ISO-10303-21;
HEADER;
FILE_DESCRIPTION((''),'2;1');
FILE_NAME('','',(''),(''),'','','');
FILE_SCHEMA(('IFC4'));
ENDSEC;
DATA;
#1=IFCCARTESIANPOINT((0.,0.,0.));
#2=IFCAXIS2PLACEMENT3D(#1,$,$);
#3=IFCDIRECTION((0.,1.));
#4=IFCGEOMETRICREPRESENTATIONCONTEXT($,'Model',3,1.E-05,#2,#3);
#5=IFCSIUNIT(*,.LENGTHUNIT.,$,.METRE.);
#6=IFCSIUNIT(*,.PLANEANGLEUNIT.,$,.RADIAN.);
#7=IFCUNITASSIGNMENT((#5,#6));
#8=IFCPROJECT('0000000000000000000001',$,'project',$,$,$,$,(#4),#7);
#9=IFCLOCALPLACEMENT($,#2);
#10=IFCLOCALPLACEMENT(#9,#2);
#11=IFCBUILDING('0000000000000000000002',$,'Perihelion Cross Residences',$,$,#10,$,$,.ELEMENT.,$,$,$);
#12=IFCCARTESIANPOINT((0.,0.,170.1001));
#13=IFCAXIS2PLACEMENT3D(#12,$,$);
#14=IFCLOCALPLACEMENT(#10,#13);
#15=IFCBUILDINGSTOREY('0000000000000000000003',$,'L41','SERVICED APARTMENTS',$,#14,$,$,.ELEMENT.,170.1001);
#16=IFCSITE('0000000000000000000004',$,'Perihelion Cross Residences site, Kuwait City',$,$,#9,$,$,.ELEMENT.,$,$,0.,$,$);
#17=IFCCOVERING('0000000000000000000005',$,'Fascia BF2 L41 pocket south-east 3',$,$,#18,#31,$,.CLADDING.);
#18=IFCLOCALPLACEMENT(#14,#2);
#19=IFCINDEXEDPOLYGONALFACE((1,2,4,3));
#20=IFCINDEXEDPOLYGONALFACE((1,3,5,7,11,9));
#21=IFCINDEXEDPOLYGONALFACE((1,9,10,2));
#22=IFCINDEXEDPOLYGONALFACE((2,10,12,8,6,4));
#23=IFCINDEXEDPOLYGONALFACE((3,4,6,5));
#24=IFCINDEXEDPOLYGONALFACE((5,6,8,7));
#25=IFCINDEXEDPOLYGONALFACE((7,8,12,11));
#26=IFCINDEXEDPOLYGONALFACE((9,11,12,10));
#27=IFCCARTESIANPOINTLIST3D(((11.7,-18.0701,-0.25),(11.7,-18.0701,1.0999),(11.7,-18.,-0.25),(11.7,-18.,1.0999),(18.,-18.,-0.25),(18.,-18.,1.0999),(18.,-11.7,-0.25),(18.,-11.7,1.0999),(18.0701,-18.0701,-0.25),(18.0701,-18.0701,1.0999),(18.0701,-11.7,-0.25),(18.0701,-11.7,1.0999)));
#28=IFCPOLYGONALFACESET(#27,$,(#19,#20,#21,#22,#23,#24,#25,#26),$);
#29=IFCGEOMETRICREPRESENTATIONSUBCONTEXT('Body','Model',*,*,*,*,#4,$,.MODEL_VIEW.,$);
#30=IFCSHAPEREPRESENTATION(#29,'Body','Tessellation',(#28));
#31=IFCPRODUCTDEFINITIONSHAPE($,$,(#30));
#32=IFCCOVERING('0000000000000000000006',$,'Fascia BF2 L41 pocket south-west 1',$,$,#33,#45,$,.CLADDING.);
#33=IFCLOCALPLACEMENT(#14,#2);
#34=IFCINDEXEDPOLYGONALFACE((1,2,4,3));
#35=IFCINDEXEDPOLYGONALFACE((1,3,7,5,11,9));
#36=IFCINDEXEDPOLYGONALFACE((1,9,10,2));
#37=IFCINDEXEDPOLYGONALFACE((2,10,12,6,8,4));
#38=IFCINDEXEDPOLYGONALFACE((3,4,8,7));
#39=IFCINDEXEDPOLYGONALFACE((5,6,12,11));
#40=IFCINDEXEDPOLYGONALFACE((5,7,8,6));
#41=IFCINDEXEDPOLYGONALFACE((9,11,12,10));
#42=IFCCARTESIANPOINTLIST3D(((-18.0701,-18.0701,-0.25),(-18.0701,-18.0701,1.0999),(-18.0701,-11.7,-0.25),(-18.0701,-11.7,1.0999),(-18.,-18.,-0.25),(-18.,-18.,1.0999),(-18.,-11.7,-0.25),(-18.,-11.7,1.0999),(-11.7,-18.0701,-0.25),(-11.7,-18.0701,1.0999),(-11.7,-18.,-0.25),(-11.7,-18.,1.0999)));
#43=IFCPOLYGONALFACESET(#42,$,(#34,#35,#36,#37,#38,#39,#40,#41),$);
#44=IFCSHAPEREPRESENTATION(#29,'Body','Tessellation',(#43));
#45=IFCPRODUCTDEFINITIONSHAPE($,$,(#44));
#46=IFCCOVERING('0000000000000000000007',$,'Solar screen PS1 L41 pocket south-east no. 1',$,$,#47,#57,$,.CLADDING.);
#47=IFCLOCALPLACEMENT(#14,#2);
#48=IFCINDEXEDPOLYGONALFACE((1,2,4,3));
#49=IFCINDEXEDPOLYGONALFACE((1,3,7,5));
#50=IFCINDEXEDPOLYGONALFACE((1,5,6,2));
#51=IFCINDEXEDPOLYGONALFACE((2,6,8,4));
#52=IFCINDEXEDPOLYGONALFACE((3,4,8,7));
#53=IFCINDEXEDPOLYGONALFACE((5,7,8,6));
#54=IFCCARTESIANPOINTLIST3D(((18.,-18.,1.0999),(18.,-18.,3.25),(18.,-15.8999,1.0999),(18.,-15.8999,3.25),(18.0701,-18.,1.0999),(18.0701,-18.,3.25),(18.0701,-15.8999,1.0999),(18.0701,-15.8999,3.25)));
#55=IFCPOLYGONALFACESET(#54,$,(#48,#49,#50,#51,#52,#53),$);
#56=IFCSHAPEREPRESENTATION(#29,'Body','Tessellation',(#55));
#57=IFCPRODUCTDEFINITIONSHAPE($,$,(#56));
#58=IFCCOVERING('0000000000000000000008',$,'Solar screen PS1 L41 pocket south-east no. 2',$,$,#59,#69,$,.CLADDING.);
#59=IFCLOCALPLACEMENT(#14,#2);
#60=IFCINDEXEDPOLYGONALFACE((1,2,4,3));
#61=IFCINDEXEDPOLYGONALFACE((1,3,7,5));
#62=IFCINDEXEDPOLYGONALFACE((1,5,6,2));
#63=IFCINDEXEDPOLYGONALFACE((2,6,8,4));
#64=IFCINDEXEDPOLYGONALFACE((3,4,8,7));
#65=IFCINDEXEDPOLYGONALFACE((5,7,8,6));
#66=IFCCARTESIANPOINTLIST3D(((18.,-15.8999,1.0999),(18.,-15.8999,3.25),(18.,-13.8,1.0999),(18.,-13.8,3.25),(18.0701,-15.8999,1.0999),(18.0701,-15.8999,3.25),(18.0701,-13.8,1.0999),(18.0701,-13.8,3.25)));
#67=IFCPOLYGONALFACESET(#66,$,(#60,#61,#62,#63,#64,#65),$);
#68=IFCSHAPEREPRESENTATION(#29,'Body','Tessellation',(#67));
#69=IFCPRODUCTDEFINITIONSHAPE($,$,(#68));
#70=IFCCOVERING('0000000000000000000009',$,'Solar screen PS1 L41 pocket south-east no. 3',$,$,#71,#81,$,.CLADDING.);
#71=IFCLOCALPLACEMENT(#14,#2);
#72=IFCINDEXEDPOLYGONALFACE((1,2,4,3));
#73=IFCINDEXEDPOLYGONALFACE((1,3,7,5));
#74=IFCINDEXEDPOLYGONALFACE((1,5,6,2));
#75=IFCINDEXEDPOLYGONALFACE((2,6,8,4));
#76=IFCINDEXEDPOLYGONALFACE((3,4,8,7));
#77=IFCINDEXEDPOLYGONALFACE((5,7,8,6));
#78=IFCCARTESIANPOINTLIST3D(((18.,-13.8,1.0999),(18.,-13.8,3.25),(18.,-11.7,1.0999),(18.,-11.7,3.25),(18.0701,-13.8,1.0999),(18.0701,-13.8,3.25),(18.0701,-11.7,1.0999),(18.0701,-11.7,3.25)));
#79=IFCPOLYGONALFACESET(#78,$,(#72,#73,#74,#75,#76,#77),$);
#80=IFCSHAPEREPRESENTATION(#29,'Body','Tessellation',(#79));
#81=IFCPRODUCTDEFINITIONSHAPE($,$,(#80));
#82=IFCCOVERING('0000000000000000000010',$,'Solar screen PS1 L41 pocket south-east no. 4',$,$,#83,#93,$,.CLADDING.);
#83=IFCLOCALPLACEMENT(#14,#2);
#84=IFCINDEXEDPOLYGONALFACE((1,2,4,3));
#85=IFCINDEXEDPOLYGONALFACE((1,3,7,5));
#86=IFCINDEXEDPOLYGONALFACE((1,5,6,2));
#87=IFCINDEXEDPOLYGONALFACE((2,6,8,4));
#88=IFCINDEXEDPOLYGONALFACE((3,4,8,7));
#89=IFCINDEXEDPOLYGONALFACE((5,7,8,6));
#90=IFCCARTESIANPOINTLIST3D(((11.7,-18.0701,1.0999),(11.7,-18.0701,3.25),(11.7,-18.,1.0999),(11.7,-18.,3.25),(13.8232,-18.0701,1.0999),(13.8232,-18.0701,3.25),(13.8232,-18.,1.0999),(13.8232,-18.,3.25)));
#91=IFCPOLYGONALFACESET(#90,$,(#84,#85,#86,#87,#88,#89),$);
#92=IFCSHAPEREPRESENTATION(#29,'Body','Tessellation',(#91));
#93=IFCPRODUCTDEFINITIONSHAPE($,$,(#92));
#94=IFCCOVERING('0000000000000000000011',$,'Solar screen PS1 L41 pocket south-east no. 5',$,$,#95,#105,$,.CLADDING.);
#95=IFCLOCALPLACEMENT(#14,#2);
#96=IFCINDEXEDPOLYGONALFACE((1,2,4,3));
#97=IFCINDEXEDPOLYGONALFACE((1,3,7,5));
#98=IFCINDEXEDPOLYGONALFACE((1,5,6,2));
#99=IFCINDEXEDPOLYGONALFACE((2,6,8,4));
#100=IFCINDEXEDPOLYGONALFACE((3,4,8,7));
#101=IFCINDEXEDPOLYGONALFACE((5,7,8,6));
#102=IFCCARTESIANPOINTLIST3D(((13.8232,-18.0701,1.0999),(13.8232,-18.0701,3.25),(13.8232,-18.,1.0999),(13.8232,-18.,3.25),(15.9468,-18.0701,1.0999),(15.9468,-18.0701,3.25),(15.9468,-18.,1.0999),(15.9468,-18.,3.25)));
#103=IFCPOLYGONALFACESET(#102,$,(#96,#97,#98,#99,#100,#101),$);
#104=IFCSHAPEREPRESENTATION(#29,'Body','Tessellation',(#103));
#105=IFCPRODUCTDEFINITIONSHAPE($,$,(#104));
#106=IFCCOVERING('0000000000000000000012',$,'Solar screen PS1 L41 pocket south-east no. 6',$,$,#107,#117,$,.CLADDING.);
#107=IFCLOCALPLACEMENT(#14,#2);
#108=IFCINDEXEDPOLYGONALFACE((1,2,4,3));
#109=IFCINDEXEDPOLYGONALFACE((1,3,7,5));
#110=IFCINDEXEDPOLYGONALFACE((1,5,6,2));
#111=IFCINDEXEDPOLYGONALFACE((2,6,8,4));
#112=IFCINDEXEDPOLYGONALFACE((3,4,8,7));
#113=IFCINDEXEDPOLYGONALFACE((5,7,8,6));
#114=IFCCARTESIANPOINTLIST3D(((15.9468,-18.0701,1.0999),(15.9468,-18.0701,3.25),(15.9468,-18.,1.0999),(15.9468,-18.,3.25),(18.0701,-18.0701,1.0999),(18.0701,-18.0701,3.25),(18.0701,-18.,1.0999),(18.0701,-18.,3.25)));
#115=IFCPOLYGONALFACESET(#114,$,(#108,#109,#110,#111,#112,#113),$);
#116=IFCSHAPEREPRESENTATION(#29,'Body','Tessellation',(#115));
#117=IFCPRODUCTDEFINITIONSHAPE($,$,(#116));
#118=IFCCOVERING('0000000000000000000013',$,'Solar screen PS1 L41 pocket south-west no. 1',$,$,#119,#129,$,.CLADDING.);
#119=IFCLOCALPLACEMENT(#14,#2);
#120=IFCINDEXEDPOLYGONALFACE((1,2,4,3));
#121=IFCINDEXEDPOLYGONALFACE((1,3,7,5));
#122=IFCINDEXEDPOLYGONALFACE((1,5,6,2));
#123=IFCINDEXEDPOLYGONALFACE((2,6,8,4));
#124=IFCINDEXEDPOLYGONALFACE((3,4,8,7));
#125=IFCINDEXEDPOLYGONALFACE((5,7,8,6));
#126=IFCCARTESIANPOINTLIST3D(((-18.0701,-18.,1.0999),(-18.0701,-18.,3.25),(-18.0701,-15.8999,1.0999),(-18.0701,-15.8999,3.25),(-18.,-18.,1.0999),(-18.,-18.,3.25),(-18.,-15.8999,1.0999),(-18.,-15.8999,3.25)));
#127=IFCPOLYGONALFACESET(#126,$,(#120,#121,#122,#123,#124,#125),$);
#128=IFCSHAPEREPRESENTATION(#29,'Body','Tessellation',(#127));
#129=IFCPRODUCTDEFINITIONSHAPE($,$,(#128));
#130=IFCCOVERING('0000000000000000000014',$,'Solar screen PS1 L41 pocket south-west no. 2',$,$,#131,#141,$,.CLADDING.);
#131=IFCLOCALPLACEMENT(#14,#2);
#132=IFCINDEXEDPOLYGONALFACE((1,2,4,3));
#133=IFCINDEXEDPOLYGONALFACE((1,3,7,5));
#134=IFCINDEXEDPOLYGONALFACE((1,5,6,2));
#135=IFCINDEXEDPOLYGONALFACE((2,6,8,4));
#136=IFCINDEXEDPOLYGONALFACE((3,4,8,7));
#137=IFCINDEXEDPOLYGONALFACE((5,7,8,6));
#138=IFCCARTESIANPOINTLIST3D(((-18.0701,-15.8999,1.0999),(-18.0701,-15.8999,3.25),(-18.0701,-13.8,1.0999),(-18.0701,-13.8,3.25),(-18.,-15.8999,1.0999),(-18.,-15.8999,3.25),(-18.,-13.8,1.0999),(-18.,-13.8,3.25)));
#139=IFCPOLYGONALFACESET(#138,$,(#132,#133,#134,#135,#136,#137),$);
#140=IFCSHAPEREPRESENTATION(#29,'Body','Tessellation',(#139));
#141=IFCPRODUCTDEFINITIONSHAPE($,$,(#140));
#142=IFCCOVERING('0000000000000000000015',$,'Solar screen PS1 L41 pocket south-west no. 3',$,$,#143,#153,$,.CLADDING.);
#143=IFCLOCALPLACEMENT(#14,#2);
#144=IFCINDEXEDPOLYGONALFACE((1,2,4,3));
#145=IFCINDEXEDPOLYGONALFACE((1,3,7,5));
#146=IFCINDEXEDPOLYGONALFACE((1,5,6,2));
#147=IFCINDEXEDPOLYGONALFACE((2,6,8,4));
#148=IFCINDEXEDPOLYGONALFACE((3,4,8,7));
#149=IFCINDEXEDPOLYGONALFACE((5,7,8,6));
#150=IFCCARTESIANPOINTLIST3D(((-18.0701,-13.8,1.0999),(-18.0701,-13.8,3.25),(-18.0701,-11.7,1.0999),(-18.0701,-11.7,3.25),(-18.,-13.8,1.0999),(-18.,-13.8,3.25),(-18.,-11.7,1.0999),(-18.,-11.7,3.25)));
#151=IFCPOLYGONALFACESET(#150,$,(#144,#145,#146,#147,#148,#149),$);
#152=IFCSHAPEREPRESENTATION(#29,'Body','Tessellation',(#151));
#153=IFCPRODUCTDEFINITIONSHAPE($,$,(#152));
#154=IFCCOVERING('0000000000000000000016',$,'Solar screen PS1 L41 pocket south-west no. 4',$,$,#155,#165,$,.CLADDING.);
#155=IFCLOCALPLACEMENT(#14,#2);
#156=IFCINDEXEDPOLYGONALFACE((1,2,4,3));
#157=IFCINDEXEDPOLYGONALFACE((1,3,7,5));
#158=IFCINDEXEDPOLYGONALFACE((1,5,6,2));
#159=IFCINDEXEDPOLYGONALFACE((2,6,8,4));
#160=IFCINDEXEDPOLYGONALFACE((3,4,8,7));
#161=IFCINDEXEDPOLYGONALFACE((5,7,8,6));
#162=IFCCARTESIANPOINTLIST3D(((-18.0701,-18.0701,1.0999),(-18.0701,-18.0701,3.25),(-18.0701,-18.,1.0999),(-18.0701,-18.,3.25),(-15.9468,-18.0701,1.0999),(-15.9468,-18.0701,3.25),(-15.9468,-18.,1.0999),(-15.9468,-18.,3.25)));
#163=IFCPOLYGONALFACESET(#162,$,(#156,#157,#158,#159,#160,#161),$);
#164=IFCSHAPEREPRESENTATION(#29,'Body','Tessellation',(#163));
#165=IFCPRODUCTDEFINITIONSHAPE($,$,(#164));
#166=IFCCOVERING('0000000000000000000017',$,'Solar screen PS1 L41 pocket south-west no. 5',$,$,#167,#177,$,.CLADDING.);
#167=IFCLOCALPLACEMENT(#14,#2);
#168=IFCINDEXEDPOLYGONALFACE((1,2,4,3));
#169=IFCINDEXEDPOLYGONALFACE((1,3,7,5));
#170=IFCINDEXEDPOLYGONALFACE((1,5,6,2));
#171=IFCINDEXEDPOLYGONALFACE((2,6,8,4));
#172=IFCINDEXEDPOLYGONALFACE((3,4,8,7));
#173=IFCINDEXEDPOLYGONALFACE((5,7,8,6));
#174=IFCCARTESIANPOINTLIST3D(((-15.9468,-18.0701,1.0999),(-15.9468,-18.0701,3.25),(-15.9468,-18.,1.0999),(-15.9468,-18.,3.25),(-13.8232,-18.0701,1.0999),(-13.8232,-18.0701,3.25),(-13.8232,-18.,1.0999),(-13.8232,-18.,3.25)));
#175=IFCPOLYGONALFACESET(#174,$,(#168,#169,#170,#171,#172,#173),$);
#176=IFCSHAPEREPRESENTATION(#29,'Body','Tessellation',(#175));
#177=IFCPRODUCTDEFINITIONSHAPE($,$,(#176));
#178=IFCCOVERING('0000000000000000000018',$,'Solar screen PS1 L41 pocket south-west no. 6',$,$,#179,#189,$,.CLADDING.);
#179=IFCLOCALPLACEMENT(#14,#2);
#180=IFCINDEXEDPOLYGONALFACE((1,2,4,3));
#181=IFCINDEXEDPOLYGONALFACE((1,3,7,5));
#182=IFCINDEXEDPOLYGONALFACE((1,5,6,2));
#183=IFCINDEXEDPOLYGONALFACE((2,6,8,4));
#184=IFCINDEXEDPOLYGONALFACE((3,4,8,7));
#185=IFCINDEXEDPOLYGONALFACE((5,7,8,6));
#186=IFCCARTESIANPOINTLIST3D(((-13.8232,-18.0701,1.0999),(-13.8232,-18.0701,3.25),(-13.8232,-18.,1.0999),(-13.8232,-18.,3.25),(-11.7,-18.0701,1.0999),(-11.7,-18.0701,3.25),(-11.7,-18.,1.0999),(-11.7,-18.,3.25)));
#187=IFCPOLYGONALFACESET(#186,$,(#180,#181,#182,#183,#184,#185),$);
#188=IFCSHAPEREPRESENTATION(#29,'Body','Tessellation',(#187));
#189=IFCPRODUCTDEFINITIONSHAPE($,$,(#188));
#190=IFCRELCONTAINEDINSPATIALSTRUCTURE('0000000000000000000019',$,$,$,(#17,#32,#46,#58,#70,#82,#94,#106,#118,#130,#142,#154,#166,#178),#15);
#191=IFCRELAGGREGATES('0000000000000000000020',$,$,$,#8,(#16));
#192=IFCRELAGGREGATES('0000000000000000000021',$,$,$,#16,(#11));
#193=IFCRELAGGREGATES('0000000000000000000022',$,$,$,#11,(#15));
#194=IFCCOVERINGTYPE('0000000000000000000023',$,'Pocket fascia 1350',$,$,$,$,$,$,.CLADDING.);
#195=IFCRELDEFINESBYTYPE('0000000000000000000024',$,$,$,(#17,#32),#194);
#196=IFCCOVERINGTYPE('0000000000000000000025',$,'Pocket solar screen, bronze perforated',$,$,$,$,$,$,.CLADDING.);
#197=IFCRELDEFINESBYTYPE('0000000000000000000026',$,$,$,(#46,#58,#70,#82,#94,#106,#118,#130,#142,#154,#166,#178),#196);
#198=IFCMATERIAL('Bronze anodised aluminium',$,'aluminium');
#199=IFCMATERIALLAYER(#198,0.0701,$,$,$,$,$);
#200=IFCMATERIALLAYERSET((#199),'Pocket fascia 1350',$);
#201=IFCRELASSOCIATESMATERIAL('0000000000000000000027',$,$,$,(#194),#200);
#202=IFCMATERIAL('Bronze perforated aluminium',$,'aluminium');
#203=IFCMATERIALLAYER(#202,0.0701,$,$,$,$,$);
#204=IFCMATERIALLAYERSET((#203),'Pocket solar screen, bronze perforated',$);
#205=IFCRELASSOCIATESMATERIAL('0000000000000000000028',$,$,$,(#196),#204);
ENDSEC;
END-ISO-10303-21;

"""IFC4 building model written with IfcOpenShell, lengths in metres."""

from ifc_helpers import new_model, si_unit, direction, frame, origin, place, context, subcontext, project, spatial, polyline, outline, extrude, material, layer, layer_set, type_object, element, save


model = new_model("IFC4")

# Units and contexts
model_context = context("Model", 3, precision=1e-05, world=origin(), true_north=direction((0.0, 1.0)))
body_context = subcontext(model_context, "Body", "Model", "MODEL_VIEW")
ifc_project = project(units=[si_unit("LENGTHUNIT", "METRE"), si_unit("PLANEANGLEUNIT", "RADIAN")], contexts=[model_context])

# Site, building, storey
site_placement = place(None, origin())
site = spatial("IfcSite", under=ifc_project, at=site_placement, Name="Perihelion Cross Residences site, Kuwait City", CompositionType="ELEMENT", RefElevation=0.0)
building_placement = place(site_placement, origin())
building = spatial("IfcBuilding", under=site, at=building_placement, Name="Perihelion Cross Residences", CompositionType="ELEMENT")
storey_placement = place(building_placement, frame((0.0, 0.0, 170.1001)))
storey = spatial("IfcBuildingStorey", under=building, at=storey_placement, Name="L41", Description="SERVICED APARTMENTS", CompositionType="ELEMENT", Elevation=170.1001)

# Coverings
ifc_material_1 = material(Name="Bronze anodised aluminium", Category="aluminium")
ifc_layer_1 = layer(ifc_material_1, 0.0701)
ifc_layer_set_1 = layer_set([ifc_layer_1], Name="Pocket fascia 1350")
covering_type_1 = type_object("IfcCoveringType", Name="Pocket fascia 1350", PredefinedType="CLADDING", material=ifc_layer_set_1)
covering_1_placement = place(storey_placement, frame((0.0, 0.0, -0.25)))
element("IfcCovering", 1, at=covering_1_placement, inside=storey, type_object=covering_type_1, Name="Fascia BF2 L41 pocket south-east 3", PredefinedType="CLADDING", context=body_context, shape_type="SweptSolid", body=[
    extrude(outline(polyline([(18.0701, -18.0701), (18.0701, -11.7), (18.0, -11.7), (18.0, -18.0), (11.7, -18.0), (11.7, -18.0701), (18.0701, -18.0701)])), origin(), (0.0, 0.0, 1.0), 1.3499),
])
covering_2_placement = place(storey_placement, frame((0.0, 0.0, -0.25)))
element("IfcCovering", 2, at=covering_2_placement, inside=storey, type_object=covering_type_1, Name="Fascia BF2 L41 pocket south-west 1", PredefinedType="CLADDING", context=body_context, shape_type="SweptSolid", body=[
    extrude(outline(polyline([(-18.0701, -11.7), (-18.0701, -18.0701), (-11.7, -18.0701), (-11.7, -18.0), (-18.0, -18.0), (-18.0, -11.7), (-18.0701, -11.7)])), origin(), (0.0, 0.0, 1.0), 1.3499),
])
ifc_material_2 = material(Name="Bronze perforated aluminium", Category="aluminium")
ifc_layer_2 = layer(ifc_material_2, 0.0701)
ifc_layer_set_2 = layer_set([ifc_layer_2], Name="Pocket solar screen, bronze perforated")
covering_type_2 = type_object("IfcCoveringType", Name="Pocket solar screen, bronze perforated", PredefinedType="CLADDING", material=ifc_layer_set_2)
covering_3_placement = place(storey_placement, frame((0.0, 0.0, 1.0999)))
element("IfcCovering", 3, at=covering_3_placement, inside=storey, type_object=covering_type_2, Name="Solar screen PS1 L41 pocket south-east no. 1", PredefinedType="CLADDING", context=body_context, shape_type="SweptSolid", body=[
    extrude(outline(polyline([(18.0701, -18.0), (18.0701, -15.8999), (18.0, -15.8999), (18.0, -18.0), (18.0701, -18.0)])), origin(), (0.0, 0.0, 1.0), 2.1501),
])
covering_4_placement = place(storey_placement, frame((0.0, 0.0, 1.0999)))
element("IfcCovering", 4, at=covering_4_placement, inside=storey, type_object=covering_type_2, Name="Solar screen PS1 L41 pocket south-east no. 2", PredefinedType="CLADDING", context=body_context, shape_type="SweptSolid", body=[
    extrude(outline(polyline([(18.0701, -15.8999), (18.0701, -13.8), (18.0, -13.8), (18.0, -15.8999), (18.0701, -15.8999)])), origin(), (0.0, 0.0, 1.0), 2.1501),
])
covering_5_placement = place(storey_placement, frame((0.0, 0.0, 1.0999)))
element("IfcCovering", 5, at=covering_5_placement, inside=storey, type_object=covering_type_2, Name="Solar screen PS1 L41 pocket south-east no. 3", PredefinedType="CLADDING", context=body_context, shape_type="SweptSolid", body=[
    extrude(outline(polyline([(18.0701, -13.8), (18.0701, -11.7), (18.0, -11.7), (18.0, -13.8), (18.0701, -13.8)])), origin(), (0.0, 0.0, 1.0), 2.1501),
])
covering_6_placement = place(storey_placement, frame((0.0, 0.0, 1.0999)))
element("IfcCovering", 6, at=covering_6_placement, inside=storey, type_object=covering_type_2, Name="Solar screen PS1 L41 pocket south-east no. 4", PredefinedType="CLADDING", context=body_context, shape_type="SweptSolid", body=[
    extrude(outline(polyline([(13.8232, -18.0701), (13.8232, -18.0), (11.7, -18.0), (11.7, -18.0701), (13.8232, -18.0701)])), origin(), (0.0, 0.0, 1.0), 2.1501),
])
covering_7_placement = place(storey_placement, frame((0.0, 0.0, 1.0999)))
element("IfcCovering", 7, at=covering_7_placement, inside=storey, type_object=covering_type_2, Name="Solar screen PS1 L41 pocket south-east no. 5", PredefinedType="CLADDING", context=body_context, shape_type="SweptSolid", body=[
    extrude(outline(polyline([(15.9468, -18.0701), (15.9468, -18.0), (13.8232, -18.0), (13.8232, -18.0701), (15.9468, -18.0701)])), origin(), (0.0, 0.0, 1.0), 2.1501),
])
covering_8_placement = place(storey_placement, frame((0.0, 0.0, 1.0999)))
element("IfcCovering", 8, at=covering_8_placement, inside=storey, type_object=covering_type_2, Name="Solar screen PS1 L41 pocket south-east no. 6", PredefinedType="CLADDING", context=body_context, shape_type="SweptSolid", body=[
    extrude(outline(polyline([(18.0701, -18.0701), (18.0701, -18.0), (15.9468, -18.0), (15.9468, -18.0701), (18.0701, -18.0701)])), origin(), (0.0, 0.0, 1.0), 2.1501),
])
covering_9_placement = place(storey_placement, frame((0.0, 0.0, 1.0999)))
element("IfcCovering", 9, at=covering_9_placement, inside=storey, type_object=covering_type_2, Name="Solar screen PS1 L41 pocket south-west no. 1", PredefinedType="CLADDING", context=body_context, shape_type="SweptSolid", body=[
    extrude(outline(polyline([(-18.0, -18.0), (-18.0, -15.8999), (-18.0701, -15.8999), (-18.0701, -18.0), (-18.0, -18.0)])), origin(), (0.0, 0.0, 1.0), 2.1501),
])
covering_10_placement = place(storey_placement, frame((0.0, 0.0, 1.0999)))
element("IfcCovering", 10, at=covering_10_placement, inside=storey, type_object=covering_type_2, Name="Solar screen PS1 L41 pocket south-west no. 2", PredefinedType="CLADDING", context=body_context, shape_type="SweptSolid", body=[
    extrude(outline(polyline([(-18.0, -15.8999), (-18.0, -13.8), (-18.0701, -13.8), (-18.0701, -15.8999), (-18.0, -15.8999)])), origin(), (0.0, 0.0, 1.0), 2.1501),
])
covering_11_placement = place(storey_placement, frame((0.0, 0.0, 1.0999)))
element("IfcCovering", 11, at=covering_11_placement, inside=storey, type_object=covering_type_2, Name="Solar screen PS1 L41 pocket south-west no. 3", PredefinedType="CLADDING", context=body_context, shape_type="SweptSolid", body=[
    extrude(outline(polyline([(-18.0, -13.8), (-18.0, -11.7), (-18.0701, -11.7), (-18.0701, -13.8), (-18.0, -13.8)])), origin(), (0.0, 0.0, 1.0), 2.1501),
])
covering_12_placement = place(storey_placement, frame((0.0, 0.0, 1.0999)))
element("IfcCovering", 12, at=covering_12_placement, inside=storey, type_object=covering_type_2, Name="Solar screen PS1 L41 pocket south-west no. 4", PredefinedType="CLADDING", context=body_context, shape_type="SweptSolid", body=[
    extrude(outline(polyline([(-15.9468, -18.0701), (-15.9468, -18.0), (-18.0701, -18.0), (-18.0701, -18.0701), (-15.9468, -18.0701)])), origin(), (0.0, 0.0, 1.0), 2.1501),
])
covering_13_placement = place(storey_placement, frame((0.0, 0.0, 1.0999)))
element("IfcCovering", 13, at=covering_13_placement, inside=storey, type_object=covering_type_2, Name="Solar screen PS1 L41 pocket south-west no. 5", PredefinedType="CLADDING", context=body_context, shape_type="SweptSolid", body=[
    extrude(outline(polyline([(-13.8232, -18.0701), (-13.8232, -18.0), (-15.9468, -18.0), (-15.9468, -18.0701), (-13.8232, -18.0701)])), origin(), (0.0, 0.0, 1.0), 2.1501),
])
covering_14_placement = place(storey_placement, frame((0.0, 0.0, 1.0999)))
element("IfcCovering", 14, at=covering_14_placement, inside=storey, type_object=covering_type_2, Name="Solar screen PS1 L41 pocket south-west no. 6", PredefinedType="CLADDING", context=body_context, shape_type="SweptSolid", body=[
    extrude(outline(polyline([(-11.7, -18.0701), (-11.7, -18.0), (-13.8232, -18.0), (-13.8232, -18.0701), (-11.7, -18.0701)])), origin(), (0.0, 0.0, 1.0), 2.1501),
])

save(model, "model.ifc")
